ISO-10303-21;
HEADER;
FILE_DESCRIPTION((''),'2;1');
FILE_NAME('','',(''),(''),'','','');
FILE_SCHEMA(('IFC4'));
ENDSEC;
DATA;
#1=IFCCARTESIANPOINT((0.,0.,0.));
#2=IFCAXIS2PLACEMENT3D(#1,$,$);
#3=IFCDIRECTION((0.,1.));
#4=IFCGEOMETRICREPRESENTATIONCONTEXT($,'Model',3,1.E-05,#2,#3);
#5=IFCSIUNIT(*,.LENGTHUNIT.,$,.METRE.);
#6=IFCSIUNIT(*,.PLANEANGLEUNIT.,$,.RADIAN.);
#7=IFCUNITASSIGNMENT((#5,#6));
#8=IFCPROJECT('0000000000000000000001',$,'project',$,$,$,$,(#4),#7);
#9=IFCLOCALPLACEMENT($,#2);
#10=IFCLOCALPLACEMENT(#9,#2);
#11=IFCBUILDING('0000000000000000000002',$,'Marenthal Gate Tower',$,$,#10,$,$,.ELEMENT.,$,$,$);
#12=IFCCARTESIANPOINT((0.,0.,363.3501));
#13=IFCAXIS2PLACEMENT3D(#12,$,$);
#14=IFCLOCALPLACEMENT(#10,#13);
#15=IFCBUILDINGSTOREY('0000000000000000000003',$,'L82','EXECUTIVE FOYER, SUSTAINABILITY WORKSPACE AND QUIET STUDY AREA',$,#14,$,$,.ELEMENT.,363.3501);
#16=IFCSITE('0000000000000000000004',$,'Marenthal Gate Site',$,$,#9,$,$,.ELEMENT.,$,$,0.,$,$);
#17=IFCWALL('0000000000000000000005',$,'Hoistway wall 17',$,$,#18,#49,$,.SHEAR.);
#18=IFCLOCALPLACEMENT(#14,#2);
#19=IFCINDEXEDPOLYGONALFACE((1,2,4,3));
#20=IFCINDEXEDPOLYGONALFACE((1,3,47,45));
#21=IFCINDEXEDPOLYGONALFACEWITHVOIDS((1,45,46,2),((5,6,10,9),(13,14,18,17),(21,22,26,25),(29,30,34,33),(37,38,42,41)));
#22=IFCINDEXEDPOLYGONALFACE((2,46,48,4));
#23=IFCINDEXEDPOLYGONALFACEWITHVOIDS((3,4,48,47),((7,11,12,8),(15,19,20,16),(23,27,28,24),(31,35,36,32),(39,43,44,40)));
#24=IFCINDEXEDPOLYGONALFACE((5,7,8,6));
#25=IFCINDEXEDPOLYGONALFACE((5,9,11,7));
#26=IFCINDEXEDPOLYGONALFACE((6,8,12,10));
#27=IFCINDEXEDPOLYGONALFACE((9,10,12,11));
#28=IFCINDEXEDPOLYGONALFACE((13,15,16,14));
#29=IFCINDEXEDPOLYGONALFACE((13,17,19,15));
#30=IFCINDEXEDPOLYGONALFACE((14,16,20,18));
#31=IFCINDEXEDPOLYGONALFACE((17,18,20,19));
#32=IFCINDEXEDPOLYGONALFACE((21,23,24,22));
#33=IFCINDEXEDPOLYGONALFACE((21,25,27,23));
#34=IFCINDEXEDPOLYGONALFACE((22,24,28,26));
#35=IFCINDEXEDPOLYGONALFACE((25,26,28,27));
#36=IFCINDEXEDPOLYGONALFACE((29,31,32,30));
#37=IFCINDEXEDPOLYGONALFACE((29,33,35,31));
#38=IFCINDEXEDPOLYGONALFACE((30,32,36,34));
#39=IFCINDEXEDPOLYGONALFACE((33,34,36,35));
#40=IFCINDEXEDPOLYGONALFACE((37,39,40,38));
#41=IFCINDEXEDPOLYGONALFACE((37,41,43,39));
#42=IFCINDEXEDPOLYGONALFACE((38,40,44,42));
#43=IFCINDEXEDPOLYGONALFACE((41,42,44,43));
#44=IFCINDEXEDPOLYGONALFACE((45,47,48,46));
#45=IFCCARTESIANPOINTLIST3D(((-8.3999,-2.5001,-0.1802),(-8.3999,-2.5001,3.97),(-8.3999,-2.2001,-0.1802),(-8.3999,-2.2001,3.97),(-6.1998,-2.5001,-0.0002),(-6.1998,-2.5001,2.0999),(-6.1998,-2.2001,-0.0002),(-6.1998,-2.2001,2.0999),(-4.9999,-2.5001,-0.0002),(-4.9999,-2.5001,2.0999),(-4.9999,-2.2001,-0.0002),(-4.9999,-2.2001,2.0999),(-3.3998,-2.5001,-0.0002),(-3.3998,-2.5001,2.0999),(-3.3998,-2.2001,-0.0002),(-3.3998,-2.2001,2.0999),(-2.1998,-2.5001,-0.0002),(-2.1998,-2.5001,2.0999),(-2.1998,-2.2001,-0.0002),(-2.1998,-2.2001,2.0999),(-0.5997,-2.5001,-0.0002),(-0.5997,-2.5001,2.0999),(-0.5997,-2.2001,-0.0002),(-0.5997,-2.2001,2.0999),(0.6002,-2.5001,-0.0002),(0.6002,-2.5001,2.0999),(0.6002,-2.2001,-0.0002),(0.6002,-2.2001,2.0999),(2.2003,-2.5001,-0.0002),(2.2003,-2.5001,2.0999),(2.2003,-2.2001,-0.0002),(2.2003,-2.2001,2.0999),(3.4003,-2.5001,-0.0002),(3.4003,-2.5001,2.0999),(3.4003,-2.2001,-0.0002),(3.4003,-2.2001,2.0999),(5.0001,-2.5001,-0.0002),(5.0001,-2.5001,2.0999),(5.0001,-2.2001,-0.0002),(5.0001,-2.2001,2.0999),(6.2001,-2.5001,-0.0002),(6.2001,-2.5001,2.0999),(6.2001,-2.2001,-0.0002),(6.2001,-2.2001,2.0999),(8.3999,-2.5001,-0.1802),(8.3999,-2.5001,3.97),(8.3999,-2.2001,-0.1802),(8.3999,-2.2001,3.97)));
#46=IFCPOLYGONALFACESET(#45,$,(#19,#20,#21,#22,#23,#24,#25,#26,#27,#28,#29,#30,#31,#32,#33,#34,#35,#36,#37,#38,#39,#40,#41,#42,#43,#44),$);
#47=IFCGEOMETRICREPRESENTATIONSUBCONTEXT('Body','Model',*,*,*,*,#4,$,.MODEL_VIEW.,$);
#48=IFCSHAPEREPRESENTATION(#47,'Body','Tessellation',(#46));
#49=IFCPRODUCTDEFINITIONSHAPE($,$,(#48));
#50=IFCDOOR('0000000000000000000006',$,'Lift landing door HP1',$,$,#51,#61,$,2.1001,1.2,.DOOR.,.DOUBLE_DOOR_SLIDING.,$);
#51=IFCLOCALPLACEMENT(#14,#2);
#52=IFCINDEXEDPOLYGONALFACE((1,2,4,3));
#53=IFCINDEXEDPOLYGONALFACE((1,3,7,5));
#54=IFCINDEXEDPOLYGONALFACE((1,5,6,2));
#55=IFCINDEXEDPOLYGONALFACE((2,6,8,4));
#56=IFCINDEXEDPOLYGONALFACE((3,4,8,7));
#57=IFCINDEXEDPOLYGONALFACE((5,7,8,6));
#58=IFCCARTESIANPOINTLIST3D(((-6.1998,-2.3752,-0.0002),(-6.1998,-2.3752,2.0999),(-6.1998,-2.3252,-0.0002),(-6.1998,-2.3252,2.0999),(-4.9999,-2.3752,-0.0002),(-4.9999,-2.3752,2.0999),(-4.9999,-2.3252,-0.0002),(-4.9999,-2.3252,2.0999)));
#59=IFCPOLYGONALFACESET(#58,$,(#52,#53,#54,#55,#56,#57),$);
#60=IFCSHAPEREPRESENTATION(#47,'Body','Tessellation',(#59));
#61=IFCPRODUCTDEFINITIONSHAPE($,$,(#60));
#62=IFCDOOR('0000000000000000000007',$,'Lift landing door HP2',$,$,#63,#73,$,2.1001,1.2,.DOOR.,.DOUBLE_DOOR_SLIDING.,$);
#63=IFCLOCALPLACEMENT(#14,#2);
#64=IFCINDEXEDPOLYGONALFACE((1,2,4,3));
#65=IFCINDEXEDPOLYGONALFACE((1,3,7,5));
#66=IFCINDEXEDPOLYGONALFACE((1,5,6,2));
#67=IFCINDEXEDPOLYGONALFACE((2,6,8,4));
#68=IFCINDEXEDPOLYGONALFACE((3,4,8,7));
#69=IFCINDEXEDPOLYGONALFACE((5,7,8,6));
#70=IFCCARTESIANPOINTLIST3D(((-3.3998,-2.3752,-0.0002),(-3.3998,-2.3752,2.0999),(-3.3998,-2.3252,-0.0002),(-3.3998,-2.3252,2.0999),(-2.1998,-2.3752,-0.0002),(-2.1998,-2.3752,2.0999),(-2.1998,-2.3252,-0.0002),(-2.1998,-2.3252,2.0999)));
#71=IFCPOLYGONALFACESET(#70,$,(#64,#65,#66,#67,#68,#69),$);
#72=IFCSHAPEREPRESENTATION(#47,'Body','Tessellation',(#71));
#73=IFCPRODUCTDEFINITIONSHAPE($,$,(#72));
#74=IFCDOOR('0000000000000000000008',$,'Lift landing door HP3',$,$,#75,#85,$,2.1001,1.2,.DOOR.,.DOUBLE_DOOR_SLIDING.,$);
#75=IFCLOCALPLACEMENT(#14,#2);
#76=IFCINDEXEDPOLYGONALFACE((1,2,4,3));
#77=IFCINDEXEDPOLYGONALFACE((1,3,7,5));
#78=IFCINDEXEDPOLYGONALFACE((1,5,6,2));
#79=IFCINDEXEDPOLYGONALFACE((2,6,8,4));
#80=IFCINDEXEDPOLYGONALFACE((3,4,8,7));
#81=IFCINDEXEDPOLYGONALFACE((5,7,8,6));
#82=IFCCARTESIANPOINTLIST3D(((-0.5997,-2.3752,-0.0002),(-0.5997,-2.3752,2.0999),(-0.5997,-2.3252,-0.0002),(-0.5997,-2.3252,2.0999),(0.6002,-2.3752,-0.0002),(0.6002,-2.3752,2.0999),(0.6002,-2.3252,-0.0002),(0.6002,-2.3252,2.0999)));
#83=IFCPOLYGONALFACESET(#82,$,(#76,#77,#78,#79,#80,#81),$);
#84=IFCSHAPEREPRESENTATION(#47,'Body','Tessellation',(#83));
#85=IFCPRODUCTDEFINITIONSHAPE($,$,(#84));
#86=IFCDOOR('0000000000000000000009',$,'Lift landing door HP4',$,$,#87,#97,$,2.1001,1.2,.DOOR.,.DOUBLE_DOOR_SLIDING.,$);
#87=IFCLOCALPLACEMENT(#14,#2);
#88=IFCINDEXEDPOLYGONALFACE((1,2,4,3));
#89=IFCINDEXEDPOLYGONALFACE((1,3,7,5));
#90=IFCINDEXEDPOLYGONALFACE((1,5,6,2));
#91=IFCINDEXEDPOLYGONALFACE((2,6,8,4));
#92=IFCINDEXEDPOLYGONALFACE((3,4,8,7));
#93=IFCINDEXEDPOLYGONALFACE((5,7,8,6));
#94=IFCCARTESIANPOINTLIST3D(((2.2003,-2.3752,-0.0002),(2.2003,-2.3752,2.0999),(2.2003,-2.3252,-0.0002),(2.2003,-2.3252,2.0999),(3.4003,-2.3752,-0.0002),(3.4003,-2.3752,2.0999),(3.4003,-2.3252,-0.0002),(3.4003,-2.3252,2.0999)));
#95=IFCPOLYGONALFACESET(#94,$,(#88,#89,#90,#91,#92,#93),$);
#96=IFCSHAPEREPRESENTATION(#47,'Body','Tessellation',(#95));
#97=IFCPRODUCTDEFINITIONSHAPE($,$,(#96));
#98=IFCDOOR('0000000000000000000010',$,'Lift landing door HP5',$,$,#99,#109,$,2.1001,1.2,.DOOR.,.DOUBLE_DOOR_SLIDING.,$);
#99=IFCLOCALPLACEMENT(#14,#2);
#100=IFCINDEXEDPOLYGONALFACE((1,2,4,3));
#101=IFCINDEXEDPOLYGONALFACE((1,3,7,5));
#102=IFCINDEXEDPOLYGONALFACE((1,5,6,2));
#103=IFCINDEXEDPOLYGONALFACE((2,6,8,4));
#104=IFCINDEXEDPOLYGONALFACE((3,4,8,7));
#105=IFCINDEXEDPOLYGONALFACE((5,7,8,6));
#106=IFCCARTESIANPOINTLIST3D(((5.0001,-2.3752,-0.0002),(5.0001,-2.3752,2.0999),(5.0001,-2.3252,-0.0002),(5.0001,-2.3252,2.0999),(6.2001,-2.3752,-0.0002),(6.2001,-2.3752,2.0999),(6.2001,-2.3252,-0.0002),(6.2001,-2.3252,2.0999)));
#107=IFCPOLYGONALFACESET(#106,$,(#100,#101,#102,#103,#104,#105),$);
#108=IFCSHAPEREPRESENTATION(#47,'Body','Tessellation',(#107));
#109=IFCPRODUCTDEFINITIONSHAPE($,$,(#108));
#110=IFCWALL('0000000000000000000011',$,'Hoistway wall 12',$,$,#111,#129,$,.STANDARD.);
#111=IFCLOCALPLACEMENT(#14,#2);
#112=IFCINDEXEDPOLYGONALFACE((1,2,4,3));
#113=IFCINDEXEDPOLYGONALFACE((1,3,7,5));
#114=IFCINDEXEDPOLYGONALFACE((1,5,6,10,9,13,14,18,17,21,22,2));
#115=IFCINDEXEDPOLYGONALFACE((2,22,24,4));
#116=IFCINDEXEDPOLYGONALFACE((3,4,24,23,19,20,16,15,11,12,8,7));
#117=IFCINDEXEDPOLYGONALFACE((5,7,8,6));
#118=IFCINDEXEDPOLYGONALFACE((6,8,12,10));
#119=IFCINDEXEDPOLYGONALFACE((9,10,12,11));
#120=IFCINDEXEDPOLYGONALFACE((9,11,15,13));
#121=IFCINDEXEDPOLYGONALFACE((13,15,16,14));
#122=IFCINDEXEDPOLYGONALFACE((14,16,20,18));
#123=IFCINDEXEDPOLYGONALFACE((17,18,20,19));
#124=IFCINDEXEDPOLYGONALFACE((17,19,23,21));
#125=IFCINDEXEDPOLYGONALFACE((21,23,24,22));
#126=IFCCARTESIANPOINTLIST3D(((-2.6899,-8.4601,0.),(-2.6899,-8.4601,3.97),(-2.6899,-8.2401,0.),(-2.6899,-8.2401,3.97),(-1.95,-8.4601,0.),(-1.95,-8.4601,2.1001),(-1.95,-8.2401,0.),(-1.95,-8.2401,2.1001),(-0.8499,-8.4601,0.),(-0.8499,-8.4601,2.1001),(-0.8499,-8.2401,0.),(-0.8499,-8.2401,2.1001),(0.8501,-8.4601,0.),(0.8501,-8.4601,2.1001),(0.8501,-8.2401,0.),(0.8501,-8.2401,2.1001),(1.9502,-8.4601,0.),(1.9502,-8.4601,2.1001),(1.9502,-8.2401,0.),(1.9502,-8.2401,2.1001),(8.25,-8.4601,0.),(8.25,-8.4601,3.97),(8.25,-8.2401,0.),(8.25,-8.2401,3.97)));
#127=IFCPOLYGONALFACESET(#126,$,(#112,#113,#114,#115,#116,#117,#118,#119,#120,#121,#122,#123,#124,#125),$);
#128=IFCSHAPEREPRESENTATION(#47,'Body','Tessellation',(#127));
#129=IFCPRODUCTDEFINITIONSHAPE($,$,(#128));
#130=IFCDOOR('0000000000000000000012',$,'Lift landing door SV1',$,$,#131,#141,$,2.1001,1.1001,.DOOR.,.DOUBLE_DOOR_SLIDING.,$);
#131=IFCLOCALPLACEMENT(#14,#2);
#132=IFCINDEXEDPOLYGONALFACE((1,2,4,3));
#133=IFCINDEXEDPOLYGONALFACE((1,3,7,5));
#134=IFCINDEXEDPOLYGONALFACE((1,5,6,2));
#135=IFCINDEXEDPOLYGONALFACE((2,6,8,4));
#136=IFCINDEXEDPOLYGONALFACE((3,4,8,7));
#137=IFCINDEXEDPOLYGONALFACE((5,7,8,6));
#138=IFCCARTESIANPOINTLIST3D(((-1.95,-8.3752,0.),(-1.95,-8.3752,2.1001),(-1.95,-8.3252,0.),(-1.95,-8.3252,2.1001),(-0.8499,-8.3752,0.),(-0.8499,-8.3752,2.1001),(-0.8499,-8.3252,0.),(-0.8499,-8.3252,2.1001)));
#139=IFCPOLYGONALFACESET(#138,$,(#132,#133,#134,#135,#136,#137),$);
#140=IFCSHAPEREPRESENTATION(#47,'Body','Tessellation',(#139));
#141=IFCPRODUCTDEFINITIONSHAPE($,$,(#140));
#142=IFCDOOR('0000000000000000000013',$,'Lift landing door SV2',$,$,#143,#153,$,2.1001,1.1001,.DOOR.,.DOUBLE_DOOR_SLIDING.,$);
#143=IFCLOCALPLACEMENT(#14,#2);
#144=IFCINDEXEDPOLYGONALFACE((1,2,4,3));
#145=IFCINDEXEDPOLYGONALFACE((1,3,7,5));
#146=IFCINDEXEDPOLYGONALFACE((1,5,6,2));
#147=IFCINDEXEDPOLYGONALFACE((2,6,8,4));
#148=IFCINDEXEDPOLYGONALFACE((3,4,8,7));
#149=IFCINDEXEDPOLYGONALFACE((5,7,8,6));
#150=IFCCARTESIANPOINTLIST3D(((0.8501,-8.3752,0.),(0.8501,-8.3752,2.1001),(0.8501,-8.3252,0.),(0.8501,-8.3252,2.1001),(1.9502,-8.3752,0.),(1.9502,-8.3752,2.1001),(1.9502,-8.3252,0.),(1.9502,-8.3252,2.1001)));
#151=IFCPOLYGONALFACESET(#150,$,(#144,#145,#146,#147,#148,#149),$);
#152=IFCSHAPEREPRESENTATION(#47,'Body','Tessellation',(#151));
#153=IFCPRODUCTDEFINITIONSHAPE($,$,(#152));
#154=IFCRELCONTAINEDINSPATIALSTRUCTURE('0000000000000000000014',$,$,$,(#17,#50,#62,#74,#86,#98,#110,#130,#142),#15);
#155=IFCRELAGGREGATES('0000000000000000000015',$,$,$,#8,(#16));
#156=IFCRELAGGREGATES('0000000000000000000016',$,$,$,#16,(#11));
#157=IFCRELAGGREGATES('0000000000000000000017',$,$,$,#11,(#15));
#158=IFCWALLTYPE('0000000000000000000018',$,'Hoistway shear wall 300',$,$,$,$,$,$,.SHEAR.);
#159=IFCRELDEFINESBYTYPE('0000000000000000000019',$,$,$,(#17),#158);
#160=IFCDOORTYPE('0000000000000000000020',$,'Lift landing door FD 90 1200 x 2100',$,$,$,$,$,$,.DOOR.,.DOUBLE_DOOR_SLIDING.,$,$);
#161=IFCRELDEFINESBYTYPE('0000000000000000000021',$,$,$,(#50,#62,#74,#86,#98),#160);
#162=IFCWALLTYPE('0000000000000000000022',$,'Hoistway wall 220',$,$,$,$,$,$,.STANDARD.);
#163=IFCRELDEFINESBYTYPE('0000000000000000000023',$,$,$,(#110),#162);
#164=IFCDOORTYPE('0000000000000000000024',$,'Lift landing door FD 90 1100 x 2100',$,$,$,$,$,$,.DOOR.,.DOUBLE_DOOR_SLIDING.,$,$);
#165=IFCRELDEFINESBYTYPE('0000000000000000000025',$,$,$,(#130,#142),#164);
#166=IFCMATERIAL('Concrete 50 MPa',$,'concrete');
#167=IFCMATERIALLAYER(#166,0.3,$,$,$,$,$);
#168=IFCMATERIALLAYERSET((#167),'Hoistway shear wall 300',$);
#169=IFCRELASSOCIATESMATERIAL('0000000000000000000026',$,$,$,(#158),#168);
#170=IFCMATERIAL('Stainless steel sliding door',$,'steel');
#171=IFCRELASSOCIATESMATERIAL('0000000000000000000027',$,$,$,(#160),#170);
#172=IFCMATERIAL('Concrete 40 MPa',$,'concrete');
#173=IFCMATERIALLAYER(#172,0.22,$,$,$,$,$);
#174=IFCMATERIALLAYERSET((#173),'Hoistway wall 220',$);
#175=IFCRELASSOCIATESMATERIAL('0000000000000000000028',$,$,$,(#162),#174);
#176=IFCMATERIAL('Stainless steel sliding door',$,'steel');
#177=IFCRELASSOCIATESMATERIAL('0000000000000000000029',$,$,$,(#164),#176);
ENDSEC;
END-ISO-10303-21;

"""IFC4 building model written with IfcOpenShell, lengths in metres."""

from ifc_helpers import new_model, si_unit, direction, frame, frame_2d, origin, place, context, subcontext, project, spatial, rectangle, extrude, material, layer, layer_set, type_object, element, fill, save


model = new_model("IFC4")

# Units and contexts
model_context = context("Model", 3, precision=1e-05, world=origin(), true_north=direction((0.0, 1.0)))
body_context = subcontext(model_context, "Body", "Model", "MODEL_VIEW")
ifc_project = project(units=[si_unit("LENGTHUNIT", "METRE"), si_unit("PLANEANGLEUNIT", "RADIAN")], contexts=[model_context])

# Site, building, storey
site_placement = place(None, origin())
site = spatial("IfcSite", under=ifc_project, at=site_placement, Name="Marenthal Gate Site", CompositionType="ELEMENT", RefElevation=0.0)
building_placement = place(site_placement, origin())
building = spatial("IfcBuilding", under=site, at=building_placement, Name="Marenthal Gate Tower", CompositionType="ELEMENT")
storey_placement = place(building_placement, frame((0.0, 0.0, 363.3501)))
storey = spatial("IfcBuildingStorey", under=building, at=storey_placement, Name="L82", Description="EXECUTIVE FOYER, SUSTAINABILITY WORKSPACE AND QUIET STUDY AREA", CompositionType="ELEMENT", Elevation=363.3501)

# Walls, openings, doors
ifc_material_1 = material(Name="Concrete 50 MPa", Category="concrete")
ifc_layer_1 = layer(ifc_material_1, 0.3)
ifc_layer_set_1 = layer_set([ifc_layer_1], Name="Hoistway shear wall 300")
wall_type_1 = type_object("IfcWallType", Name="Hoistway shear wall 300", PredefinedType="SHEAR", material=ifc_layer_set_1)
wall_1_placement = place(storey_placement, frame((-8.3999, -2.3501, -0.1802), z_axis=(0.0, 0.0, 1.0), x_axis=(1.0, 0.0, 0.0)))
wall_1 = element("IfcWall", 1, at=wall_1_placement, inside=storey, type_object=wall_type_1, Name="Hoistway wall 17", PredefinedType="SHEAR", context=body_context, shape_type="SweptSolid", body=[
    extrude(rectangle(XDim=16.7998, YDim=0.3, at=frame_2d((8.3999, 0.0))), origin(), (0.0, 0.0, 1.0), 4.1501),
])
opening_1_placement = place(wall_1_placement, frame((2.2, 0.0, 0.1799)))
opening_1 = element("IfcOpeningElement", 2, at=opening_1_placement, cuts=wall_1, PredefinedType="OPENING", context=body_context, shape_type="SweptSolid", body=[
    extrude(rectangle(XDim=1.2, YDim=2.1001, at=frame_2d((0.6001, 1.05))), frame((0.0, 0.1602, 0.0), z_axis=(0.0, -1.0, 0.0), x_axis=(1.0, 0.0, 0.0)), (0.0, 0.0, 1.0), 0.3201),
])
opening_2_placement = place(wall_1_placement, frame((5.0, 0.0, 0.1799)))
opening_2 = element("IfcOpeningElement", 3, at=opening_2_placement, cuts=wall_1, PredefinedType="OPENING", context=body_context, shape_type="SweptSolid", body=[
    extrude(rectangle(XDim=1.2, YDim=2.1001, at=frame_2d((0.6001, 1.05))), frame((0.0, 0.1602, 0.0), z_axis=(0.0, -1.0, 0.0), x_axis=(1.0, 0.0, 0.0)), (0.0, 0.0, 1.0), 0.3201),
])
opening_3_placement = place(wall_1_placement, frame((7.8, 0.0, 0.1799)))
opening_3 = element("IfcOpeningElement", 4, at=opening_3_placement, cuts=wall_1, PredefinedType="OPENING", context=body_context, shape_type="SweptSolid", body=[
    extrude(rectangle(XDim=1.2, YDim=2.1001, at=frame_2d((0.6001, 1.05))), frame((0.0, 0.1602, 0.0), z_axis=(0.0, -1.0, 0.0), x_axis=(1.0, 0.0, 0.0)), (0.0, 0.0, 1.0), 0.3201),
])
opening_4_placement = place(wall_1_placement, frame((10.6001, 0.0, 0.1799)))
opening_4 = element("IfcOpeningElement", 5, at=opening_4_placement, cuts=wall_1, PredefinedType="OPENING", context=body_context, shape_type="SweptSolid", body=[
    extrude(rectangle(XDim=1.2, YDim=2.1001, at=frame_2d((0.6001, 1.05))), frame((0.0, 0.1602, 0.0), z_axis=(0.0, -1.0, 0.0), x_axis=(1.0, 0.0, 0.0)), (0.0, 0.0, 1.0), 0.3201),
])
opening_5_placement = place(wall_1_placement, frame((13.3999, 0.0, 0.1799)))
opening_5 = element("IfcOpeningElement", 6, at=opening_5_placement, cuts=wall_1, PredefinedType="OPENING", context=body_context, shape_type="SweptSolid", body=[
    extrude(rectangle(XDim=1.2, YDim=2.1001, at=frame_2d((0.6001, 1.05))), frame((0.0, 0.1602, 0.0), z_axis=(0.0, -1.0, 0.0), x_axis=(1.0, 0.0, 0.0)), (0.0, 0.0, 1.0), 0.3201),
])
ifc_material_2 = material(Name="Stainless steel sliding door", Category="steel")
door_type_1 = type_object("IfcDoorType", Name="Lift landing door FD 90 1200 x 2100", OperationType="DOUBLE_DOOR_SLIDING", PredefinedType="DOOR", material=ifc_material_2)
door_1_placement = place(opening_1_placement, origin())
door_1 = element("IfcDoor", 7, at=door_1_placement, inside=storey, type_object=door_type_1, Name="Lift landing door HP1", OperationType="DOUBLE_DOOR_SLIDING", OverallHeight=2.1001, OverallWidth=1.2, PredefinedType="DOOR", context=body_context, shape_type="SweptSolid", body=[
    extrude(rectangle(XDim=1.2, YDim=2.1001, at=frame_2d((0.6001, 1.05))), frame((0.0, 0.0249, 0.0), z_axis=(0.0, -1.0, 0.0), x_axis=(1.0, 0.0, 0.0)), (0.0, 0.0, 1.0), 0.05),
])
fill(opening_1, door_1)
door_2_placement = place(opening_2_placement, origin())
door_2 = element("IfcDoor", 8, at=door_2_placement, inside=storey, type_object=door_type_1, Name="Lift landing door HP2", OperationType="DOUBLE_DOOR_SLIDING", OverallHeight=2.1001, OverallWidth=1.2, PredefinedType="DOOR", context=body_context, shape_type="SweptSolid", body=[
    extrude(rectangle(XDim=1.2, YDim=2.1001, at=frame_2d((0.6001, 1.05))), frame((0.0, 0.0249, 0.0), z_axis=(0.0, -1.0, 0.0), x_axis=(1.0, 0.0, 0.0)), (0.0, 0.0, 1.0), 0.05),
])
fill(opening_2, door_2)
door_3_placement = place(opening_3_placement, origin())
door_3 = element("IfcDoor", 9, at=door_3_placement, inside=storey, type_object=door_type_1, Name="Lift landing door HP3", OperationType="DOUBLE_DOOR_SLIDING", OverallHeight=2.1001, OverallWidth=1.2, PredefinedType="DOOR", context=body_context, shape_type="SweptSolid", body=[
    extrude(rectangle(XDim=1.2, YDim=2.1001, at=frame_2d((0.6001, 1.05))), frame((0.0, 0.0249, 0.0), z_axis=(0.0, -1.0, 0.0), x_axis=(1.0, 0.0, 0.0)), (0.0, 0.0, 1.0), 0.05),
])
fill(opening_3, door_3)
door_4_placement = place(opening_4_placement, origin())
door_4 = element("IfcDoor", 10, at=door_4_placement, inside=storey, type_object=door_type_1, Name="Lift landing door HP4", OperationType="DOUBLE_DOOR_SLIDING", OverallHeight=2.1001, OverallWidth=1.2, PredefinedType="DOOR", context=body_context, shape_type="SweptSolid", body=[
    extrude(rectangle(XDim=1.2, YDim=2.1001, at=frame_2d((0.6001, 1.05))), frame((0.0, 0.0249, 0.0), z_axis=(0.0, -1.0, 0.0), x_axis=(1.0, 0.0, 0.0)), (0.0, 0.0, 1.0), 0.05),
])
fill(opening_4, door_4)
door_5_placement = place(opening_5_placement, origin())
door_5 = element("IfcDoor", 11, at=door_5_placement, inside=storey, type_object=door_type_1, Name="Lift landing door HP5", OperationType="DOUBLE_DOOR_SLIDING", OverallHeight=2.1001, OverallWidth=1.2, PredefinedType="DOOR", context=body_context, shape_type="SweptSolid", body=[
    extrude(rectangle(XDim=1.2, YDim=2.1001, at=frame_2d((0.6001, 1.05))), frame((0.0, 0.0249, 0.0), z_axis=(0.0, -1.0, 0.0), x_axis=(1.0, 0.0, 0.0)), (0.0, 0.0, 1.0), 0.05),
])
fill(opening_5, door_5)
ifc_material_3 = material(Name="Concrete 40 MPa", Category="concrete")
ifc_layer_2 = layer(ifc_material_3, 0.22)
ifc_layer_set_2 = layer_set([ifc_layer_2], Name="Hoistway wall 220")
wall_type_2 = type_object("IfcWallType", Name="Hoistway wall 220", PredefinedType="STANDARD", material=ifc_layer_set_2)
wall_2_placement = place(storey_placement, frame((-2.6899, -8.3501, 0.0), z_axis=(0.0, 0.0, 1.0), x_axis=(1.0, 0.0, 0.0)))
wall_2 = element("IfcWall", 12, at=wall_2_placement, inside=storey, type_object=wall_type_2, Name="Hoistway wall 12", PredefinedType="STANDARD", context=body_context, shape_type="SweptSolid", body=[
    extrude(rectangle(XDim=10.9399, YDim=0.22, at=frame_2d((5.47, 0.0))), origin(), (0.0, 0.0, 1.0), 3.97),
])
opening_6_placement = place(wall_2_placement, frame((0.74, 0.0, 0.0)))
opening_6 = element("IfcOpeningElement", 13, at=opening_6_placement, cuts=wall_2, PredefinedType="OPENING", context=body_context, shape_type="SweptSolid", body=[
    extrude(rectangle(XDim=1.1001, YDim=2.1001, at=frame_2d((0.55, 1.05))), frame((0.0, 0.1201, 0.0), z_axis=(0.0, -1.0, 0.0), x_axis=(1.0, 0.0, 0.0)), (0.0, 0.0, 1.0), 0.24),
])
opening_7_placement = place(wall_2_placement, frame((3.54, 0.0, 0.0)))
opening_7 = element("IfcOpeningElement", 14, at=opening_7_placement, cuts=wall_2, PredefinedType="OPENING", context=body_context, shape_type="SweptSolid", body=[
    extrude(rectangle(XDim=1.1001, YDim=2.1001, at=frame_2d((0.55, 1.05))), frame((0.0, 0.1201, 0.0), z_axis=(0.0, -1.0, 0.0), x_axis=(1.0, 0.0, 0.0)), (0.0, 0.0, 1.0), 0.24),
])
ifc_material_4 = material(Name="Stainless steel sliding door", Category="steel")
door_type_2 = type_object("IfcDoorType", Name="Lift landing door FD 90 1100 x 2100", OperationType="DOUBLE_DOOR_SLIDING", PredefinedType="DOOR", material=ifc_material_4)
door_6_placement = place(opening_6_placement, origin())
door_6 = element("IfcDoor", 15, at=door_6_placement, inside=storey, type_object=door_type_2, Name="Lift landing door SV1", OperationType="DOUBLE_DOOR_SLIDING", OverallHeight=2.1001, OverallWidth=1.1001, PredefinedType="DOOR", context=body_context, shape_type="SweptSolid", body=[
    extrude(rectangle(XDim=1.1001, YDim=2.1001, at=frame_2d((0.55, 1.05))), frame((0.0, 0.0249, 0.0), z_axis=(0.0, -1.0, 0.0), x_axis=(1.0, 0.0, 0.0)), (0.0, 0.0, 1.0), 0.05),
])
fill(opening_6, door_6)
door_7_placement = place(opening_7_placement, origin())
door_7 = element("IfcDoor", 16, at=door_7_placement, inside=storey, type_object=door_type_2, Name="Lift landing door SV2", OperationType="DOUBLE_DOOR_SLIDING", OverallHeight=2.1001, OverallWidth=1.1001, PredefinedType="DOOR", context=body_context, shape_type="SweptSolid", body=[
    extrude(rectangle(XDim=1.1001, YDim=2.1001, at=frame_2d((0.55, 1.05))), frame((0.0, 0.0249, 0.0), z_axis=(0.0, -1.0, 0.0), x_axis=(1.0, 0.0, 0.0)), (0.0, 0.0, 1.0), 0.05),
])
fill(opening_7, door_7)

save(model, "model.ifc")
